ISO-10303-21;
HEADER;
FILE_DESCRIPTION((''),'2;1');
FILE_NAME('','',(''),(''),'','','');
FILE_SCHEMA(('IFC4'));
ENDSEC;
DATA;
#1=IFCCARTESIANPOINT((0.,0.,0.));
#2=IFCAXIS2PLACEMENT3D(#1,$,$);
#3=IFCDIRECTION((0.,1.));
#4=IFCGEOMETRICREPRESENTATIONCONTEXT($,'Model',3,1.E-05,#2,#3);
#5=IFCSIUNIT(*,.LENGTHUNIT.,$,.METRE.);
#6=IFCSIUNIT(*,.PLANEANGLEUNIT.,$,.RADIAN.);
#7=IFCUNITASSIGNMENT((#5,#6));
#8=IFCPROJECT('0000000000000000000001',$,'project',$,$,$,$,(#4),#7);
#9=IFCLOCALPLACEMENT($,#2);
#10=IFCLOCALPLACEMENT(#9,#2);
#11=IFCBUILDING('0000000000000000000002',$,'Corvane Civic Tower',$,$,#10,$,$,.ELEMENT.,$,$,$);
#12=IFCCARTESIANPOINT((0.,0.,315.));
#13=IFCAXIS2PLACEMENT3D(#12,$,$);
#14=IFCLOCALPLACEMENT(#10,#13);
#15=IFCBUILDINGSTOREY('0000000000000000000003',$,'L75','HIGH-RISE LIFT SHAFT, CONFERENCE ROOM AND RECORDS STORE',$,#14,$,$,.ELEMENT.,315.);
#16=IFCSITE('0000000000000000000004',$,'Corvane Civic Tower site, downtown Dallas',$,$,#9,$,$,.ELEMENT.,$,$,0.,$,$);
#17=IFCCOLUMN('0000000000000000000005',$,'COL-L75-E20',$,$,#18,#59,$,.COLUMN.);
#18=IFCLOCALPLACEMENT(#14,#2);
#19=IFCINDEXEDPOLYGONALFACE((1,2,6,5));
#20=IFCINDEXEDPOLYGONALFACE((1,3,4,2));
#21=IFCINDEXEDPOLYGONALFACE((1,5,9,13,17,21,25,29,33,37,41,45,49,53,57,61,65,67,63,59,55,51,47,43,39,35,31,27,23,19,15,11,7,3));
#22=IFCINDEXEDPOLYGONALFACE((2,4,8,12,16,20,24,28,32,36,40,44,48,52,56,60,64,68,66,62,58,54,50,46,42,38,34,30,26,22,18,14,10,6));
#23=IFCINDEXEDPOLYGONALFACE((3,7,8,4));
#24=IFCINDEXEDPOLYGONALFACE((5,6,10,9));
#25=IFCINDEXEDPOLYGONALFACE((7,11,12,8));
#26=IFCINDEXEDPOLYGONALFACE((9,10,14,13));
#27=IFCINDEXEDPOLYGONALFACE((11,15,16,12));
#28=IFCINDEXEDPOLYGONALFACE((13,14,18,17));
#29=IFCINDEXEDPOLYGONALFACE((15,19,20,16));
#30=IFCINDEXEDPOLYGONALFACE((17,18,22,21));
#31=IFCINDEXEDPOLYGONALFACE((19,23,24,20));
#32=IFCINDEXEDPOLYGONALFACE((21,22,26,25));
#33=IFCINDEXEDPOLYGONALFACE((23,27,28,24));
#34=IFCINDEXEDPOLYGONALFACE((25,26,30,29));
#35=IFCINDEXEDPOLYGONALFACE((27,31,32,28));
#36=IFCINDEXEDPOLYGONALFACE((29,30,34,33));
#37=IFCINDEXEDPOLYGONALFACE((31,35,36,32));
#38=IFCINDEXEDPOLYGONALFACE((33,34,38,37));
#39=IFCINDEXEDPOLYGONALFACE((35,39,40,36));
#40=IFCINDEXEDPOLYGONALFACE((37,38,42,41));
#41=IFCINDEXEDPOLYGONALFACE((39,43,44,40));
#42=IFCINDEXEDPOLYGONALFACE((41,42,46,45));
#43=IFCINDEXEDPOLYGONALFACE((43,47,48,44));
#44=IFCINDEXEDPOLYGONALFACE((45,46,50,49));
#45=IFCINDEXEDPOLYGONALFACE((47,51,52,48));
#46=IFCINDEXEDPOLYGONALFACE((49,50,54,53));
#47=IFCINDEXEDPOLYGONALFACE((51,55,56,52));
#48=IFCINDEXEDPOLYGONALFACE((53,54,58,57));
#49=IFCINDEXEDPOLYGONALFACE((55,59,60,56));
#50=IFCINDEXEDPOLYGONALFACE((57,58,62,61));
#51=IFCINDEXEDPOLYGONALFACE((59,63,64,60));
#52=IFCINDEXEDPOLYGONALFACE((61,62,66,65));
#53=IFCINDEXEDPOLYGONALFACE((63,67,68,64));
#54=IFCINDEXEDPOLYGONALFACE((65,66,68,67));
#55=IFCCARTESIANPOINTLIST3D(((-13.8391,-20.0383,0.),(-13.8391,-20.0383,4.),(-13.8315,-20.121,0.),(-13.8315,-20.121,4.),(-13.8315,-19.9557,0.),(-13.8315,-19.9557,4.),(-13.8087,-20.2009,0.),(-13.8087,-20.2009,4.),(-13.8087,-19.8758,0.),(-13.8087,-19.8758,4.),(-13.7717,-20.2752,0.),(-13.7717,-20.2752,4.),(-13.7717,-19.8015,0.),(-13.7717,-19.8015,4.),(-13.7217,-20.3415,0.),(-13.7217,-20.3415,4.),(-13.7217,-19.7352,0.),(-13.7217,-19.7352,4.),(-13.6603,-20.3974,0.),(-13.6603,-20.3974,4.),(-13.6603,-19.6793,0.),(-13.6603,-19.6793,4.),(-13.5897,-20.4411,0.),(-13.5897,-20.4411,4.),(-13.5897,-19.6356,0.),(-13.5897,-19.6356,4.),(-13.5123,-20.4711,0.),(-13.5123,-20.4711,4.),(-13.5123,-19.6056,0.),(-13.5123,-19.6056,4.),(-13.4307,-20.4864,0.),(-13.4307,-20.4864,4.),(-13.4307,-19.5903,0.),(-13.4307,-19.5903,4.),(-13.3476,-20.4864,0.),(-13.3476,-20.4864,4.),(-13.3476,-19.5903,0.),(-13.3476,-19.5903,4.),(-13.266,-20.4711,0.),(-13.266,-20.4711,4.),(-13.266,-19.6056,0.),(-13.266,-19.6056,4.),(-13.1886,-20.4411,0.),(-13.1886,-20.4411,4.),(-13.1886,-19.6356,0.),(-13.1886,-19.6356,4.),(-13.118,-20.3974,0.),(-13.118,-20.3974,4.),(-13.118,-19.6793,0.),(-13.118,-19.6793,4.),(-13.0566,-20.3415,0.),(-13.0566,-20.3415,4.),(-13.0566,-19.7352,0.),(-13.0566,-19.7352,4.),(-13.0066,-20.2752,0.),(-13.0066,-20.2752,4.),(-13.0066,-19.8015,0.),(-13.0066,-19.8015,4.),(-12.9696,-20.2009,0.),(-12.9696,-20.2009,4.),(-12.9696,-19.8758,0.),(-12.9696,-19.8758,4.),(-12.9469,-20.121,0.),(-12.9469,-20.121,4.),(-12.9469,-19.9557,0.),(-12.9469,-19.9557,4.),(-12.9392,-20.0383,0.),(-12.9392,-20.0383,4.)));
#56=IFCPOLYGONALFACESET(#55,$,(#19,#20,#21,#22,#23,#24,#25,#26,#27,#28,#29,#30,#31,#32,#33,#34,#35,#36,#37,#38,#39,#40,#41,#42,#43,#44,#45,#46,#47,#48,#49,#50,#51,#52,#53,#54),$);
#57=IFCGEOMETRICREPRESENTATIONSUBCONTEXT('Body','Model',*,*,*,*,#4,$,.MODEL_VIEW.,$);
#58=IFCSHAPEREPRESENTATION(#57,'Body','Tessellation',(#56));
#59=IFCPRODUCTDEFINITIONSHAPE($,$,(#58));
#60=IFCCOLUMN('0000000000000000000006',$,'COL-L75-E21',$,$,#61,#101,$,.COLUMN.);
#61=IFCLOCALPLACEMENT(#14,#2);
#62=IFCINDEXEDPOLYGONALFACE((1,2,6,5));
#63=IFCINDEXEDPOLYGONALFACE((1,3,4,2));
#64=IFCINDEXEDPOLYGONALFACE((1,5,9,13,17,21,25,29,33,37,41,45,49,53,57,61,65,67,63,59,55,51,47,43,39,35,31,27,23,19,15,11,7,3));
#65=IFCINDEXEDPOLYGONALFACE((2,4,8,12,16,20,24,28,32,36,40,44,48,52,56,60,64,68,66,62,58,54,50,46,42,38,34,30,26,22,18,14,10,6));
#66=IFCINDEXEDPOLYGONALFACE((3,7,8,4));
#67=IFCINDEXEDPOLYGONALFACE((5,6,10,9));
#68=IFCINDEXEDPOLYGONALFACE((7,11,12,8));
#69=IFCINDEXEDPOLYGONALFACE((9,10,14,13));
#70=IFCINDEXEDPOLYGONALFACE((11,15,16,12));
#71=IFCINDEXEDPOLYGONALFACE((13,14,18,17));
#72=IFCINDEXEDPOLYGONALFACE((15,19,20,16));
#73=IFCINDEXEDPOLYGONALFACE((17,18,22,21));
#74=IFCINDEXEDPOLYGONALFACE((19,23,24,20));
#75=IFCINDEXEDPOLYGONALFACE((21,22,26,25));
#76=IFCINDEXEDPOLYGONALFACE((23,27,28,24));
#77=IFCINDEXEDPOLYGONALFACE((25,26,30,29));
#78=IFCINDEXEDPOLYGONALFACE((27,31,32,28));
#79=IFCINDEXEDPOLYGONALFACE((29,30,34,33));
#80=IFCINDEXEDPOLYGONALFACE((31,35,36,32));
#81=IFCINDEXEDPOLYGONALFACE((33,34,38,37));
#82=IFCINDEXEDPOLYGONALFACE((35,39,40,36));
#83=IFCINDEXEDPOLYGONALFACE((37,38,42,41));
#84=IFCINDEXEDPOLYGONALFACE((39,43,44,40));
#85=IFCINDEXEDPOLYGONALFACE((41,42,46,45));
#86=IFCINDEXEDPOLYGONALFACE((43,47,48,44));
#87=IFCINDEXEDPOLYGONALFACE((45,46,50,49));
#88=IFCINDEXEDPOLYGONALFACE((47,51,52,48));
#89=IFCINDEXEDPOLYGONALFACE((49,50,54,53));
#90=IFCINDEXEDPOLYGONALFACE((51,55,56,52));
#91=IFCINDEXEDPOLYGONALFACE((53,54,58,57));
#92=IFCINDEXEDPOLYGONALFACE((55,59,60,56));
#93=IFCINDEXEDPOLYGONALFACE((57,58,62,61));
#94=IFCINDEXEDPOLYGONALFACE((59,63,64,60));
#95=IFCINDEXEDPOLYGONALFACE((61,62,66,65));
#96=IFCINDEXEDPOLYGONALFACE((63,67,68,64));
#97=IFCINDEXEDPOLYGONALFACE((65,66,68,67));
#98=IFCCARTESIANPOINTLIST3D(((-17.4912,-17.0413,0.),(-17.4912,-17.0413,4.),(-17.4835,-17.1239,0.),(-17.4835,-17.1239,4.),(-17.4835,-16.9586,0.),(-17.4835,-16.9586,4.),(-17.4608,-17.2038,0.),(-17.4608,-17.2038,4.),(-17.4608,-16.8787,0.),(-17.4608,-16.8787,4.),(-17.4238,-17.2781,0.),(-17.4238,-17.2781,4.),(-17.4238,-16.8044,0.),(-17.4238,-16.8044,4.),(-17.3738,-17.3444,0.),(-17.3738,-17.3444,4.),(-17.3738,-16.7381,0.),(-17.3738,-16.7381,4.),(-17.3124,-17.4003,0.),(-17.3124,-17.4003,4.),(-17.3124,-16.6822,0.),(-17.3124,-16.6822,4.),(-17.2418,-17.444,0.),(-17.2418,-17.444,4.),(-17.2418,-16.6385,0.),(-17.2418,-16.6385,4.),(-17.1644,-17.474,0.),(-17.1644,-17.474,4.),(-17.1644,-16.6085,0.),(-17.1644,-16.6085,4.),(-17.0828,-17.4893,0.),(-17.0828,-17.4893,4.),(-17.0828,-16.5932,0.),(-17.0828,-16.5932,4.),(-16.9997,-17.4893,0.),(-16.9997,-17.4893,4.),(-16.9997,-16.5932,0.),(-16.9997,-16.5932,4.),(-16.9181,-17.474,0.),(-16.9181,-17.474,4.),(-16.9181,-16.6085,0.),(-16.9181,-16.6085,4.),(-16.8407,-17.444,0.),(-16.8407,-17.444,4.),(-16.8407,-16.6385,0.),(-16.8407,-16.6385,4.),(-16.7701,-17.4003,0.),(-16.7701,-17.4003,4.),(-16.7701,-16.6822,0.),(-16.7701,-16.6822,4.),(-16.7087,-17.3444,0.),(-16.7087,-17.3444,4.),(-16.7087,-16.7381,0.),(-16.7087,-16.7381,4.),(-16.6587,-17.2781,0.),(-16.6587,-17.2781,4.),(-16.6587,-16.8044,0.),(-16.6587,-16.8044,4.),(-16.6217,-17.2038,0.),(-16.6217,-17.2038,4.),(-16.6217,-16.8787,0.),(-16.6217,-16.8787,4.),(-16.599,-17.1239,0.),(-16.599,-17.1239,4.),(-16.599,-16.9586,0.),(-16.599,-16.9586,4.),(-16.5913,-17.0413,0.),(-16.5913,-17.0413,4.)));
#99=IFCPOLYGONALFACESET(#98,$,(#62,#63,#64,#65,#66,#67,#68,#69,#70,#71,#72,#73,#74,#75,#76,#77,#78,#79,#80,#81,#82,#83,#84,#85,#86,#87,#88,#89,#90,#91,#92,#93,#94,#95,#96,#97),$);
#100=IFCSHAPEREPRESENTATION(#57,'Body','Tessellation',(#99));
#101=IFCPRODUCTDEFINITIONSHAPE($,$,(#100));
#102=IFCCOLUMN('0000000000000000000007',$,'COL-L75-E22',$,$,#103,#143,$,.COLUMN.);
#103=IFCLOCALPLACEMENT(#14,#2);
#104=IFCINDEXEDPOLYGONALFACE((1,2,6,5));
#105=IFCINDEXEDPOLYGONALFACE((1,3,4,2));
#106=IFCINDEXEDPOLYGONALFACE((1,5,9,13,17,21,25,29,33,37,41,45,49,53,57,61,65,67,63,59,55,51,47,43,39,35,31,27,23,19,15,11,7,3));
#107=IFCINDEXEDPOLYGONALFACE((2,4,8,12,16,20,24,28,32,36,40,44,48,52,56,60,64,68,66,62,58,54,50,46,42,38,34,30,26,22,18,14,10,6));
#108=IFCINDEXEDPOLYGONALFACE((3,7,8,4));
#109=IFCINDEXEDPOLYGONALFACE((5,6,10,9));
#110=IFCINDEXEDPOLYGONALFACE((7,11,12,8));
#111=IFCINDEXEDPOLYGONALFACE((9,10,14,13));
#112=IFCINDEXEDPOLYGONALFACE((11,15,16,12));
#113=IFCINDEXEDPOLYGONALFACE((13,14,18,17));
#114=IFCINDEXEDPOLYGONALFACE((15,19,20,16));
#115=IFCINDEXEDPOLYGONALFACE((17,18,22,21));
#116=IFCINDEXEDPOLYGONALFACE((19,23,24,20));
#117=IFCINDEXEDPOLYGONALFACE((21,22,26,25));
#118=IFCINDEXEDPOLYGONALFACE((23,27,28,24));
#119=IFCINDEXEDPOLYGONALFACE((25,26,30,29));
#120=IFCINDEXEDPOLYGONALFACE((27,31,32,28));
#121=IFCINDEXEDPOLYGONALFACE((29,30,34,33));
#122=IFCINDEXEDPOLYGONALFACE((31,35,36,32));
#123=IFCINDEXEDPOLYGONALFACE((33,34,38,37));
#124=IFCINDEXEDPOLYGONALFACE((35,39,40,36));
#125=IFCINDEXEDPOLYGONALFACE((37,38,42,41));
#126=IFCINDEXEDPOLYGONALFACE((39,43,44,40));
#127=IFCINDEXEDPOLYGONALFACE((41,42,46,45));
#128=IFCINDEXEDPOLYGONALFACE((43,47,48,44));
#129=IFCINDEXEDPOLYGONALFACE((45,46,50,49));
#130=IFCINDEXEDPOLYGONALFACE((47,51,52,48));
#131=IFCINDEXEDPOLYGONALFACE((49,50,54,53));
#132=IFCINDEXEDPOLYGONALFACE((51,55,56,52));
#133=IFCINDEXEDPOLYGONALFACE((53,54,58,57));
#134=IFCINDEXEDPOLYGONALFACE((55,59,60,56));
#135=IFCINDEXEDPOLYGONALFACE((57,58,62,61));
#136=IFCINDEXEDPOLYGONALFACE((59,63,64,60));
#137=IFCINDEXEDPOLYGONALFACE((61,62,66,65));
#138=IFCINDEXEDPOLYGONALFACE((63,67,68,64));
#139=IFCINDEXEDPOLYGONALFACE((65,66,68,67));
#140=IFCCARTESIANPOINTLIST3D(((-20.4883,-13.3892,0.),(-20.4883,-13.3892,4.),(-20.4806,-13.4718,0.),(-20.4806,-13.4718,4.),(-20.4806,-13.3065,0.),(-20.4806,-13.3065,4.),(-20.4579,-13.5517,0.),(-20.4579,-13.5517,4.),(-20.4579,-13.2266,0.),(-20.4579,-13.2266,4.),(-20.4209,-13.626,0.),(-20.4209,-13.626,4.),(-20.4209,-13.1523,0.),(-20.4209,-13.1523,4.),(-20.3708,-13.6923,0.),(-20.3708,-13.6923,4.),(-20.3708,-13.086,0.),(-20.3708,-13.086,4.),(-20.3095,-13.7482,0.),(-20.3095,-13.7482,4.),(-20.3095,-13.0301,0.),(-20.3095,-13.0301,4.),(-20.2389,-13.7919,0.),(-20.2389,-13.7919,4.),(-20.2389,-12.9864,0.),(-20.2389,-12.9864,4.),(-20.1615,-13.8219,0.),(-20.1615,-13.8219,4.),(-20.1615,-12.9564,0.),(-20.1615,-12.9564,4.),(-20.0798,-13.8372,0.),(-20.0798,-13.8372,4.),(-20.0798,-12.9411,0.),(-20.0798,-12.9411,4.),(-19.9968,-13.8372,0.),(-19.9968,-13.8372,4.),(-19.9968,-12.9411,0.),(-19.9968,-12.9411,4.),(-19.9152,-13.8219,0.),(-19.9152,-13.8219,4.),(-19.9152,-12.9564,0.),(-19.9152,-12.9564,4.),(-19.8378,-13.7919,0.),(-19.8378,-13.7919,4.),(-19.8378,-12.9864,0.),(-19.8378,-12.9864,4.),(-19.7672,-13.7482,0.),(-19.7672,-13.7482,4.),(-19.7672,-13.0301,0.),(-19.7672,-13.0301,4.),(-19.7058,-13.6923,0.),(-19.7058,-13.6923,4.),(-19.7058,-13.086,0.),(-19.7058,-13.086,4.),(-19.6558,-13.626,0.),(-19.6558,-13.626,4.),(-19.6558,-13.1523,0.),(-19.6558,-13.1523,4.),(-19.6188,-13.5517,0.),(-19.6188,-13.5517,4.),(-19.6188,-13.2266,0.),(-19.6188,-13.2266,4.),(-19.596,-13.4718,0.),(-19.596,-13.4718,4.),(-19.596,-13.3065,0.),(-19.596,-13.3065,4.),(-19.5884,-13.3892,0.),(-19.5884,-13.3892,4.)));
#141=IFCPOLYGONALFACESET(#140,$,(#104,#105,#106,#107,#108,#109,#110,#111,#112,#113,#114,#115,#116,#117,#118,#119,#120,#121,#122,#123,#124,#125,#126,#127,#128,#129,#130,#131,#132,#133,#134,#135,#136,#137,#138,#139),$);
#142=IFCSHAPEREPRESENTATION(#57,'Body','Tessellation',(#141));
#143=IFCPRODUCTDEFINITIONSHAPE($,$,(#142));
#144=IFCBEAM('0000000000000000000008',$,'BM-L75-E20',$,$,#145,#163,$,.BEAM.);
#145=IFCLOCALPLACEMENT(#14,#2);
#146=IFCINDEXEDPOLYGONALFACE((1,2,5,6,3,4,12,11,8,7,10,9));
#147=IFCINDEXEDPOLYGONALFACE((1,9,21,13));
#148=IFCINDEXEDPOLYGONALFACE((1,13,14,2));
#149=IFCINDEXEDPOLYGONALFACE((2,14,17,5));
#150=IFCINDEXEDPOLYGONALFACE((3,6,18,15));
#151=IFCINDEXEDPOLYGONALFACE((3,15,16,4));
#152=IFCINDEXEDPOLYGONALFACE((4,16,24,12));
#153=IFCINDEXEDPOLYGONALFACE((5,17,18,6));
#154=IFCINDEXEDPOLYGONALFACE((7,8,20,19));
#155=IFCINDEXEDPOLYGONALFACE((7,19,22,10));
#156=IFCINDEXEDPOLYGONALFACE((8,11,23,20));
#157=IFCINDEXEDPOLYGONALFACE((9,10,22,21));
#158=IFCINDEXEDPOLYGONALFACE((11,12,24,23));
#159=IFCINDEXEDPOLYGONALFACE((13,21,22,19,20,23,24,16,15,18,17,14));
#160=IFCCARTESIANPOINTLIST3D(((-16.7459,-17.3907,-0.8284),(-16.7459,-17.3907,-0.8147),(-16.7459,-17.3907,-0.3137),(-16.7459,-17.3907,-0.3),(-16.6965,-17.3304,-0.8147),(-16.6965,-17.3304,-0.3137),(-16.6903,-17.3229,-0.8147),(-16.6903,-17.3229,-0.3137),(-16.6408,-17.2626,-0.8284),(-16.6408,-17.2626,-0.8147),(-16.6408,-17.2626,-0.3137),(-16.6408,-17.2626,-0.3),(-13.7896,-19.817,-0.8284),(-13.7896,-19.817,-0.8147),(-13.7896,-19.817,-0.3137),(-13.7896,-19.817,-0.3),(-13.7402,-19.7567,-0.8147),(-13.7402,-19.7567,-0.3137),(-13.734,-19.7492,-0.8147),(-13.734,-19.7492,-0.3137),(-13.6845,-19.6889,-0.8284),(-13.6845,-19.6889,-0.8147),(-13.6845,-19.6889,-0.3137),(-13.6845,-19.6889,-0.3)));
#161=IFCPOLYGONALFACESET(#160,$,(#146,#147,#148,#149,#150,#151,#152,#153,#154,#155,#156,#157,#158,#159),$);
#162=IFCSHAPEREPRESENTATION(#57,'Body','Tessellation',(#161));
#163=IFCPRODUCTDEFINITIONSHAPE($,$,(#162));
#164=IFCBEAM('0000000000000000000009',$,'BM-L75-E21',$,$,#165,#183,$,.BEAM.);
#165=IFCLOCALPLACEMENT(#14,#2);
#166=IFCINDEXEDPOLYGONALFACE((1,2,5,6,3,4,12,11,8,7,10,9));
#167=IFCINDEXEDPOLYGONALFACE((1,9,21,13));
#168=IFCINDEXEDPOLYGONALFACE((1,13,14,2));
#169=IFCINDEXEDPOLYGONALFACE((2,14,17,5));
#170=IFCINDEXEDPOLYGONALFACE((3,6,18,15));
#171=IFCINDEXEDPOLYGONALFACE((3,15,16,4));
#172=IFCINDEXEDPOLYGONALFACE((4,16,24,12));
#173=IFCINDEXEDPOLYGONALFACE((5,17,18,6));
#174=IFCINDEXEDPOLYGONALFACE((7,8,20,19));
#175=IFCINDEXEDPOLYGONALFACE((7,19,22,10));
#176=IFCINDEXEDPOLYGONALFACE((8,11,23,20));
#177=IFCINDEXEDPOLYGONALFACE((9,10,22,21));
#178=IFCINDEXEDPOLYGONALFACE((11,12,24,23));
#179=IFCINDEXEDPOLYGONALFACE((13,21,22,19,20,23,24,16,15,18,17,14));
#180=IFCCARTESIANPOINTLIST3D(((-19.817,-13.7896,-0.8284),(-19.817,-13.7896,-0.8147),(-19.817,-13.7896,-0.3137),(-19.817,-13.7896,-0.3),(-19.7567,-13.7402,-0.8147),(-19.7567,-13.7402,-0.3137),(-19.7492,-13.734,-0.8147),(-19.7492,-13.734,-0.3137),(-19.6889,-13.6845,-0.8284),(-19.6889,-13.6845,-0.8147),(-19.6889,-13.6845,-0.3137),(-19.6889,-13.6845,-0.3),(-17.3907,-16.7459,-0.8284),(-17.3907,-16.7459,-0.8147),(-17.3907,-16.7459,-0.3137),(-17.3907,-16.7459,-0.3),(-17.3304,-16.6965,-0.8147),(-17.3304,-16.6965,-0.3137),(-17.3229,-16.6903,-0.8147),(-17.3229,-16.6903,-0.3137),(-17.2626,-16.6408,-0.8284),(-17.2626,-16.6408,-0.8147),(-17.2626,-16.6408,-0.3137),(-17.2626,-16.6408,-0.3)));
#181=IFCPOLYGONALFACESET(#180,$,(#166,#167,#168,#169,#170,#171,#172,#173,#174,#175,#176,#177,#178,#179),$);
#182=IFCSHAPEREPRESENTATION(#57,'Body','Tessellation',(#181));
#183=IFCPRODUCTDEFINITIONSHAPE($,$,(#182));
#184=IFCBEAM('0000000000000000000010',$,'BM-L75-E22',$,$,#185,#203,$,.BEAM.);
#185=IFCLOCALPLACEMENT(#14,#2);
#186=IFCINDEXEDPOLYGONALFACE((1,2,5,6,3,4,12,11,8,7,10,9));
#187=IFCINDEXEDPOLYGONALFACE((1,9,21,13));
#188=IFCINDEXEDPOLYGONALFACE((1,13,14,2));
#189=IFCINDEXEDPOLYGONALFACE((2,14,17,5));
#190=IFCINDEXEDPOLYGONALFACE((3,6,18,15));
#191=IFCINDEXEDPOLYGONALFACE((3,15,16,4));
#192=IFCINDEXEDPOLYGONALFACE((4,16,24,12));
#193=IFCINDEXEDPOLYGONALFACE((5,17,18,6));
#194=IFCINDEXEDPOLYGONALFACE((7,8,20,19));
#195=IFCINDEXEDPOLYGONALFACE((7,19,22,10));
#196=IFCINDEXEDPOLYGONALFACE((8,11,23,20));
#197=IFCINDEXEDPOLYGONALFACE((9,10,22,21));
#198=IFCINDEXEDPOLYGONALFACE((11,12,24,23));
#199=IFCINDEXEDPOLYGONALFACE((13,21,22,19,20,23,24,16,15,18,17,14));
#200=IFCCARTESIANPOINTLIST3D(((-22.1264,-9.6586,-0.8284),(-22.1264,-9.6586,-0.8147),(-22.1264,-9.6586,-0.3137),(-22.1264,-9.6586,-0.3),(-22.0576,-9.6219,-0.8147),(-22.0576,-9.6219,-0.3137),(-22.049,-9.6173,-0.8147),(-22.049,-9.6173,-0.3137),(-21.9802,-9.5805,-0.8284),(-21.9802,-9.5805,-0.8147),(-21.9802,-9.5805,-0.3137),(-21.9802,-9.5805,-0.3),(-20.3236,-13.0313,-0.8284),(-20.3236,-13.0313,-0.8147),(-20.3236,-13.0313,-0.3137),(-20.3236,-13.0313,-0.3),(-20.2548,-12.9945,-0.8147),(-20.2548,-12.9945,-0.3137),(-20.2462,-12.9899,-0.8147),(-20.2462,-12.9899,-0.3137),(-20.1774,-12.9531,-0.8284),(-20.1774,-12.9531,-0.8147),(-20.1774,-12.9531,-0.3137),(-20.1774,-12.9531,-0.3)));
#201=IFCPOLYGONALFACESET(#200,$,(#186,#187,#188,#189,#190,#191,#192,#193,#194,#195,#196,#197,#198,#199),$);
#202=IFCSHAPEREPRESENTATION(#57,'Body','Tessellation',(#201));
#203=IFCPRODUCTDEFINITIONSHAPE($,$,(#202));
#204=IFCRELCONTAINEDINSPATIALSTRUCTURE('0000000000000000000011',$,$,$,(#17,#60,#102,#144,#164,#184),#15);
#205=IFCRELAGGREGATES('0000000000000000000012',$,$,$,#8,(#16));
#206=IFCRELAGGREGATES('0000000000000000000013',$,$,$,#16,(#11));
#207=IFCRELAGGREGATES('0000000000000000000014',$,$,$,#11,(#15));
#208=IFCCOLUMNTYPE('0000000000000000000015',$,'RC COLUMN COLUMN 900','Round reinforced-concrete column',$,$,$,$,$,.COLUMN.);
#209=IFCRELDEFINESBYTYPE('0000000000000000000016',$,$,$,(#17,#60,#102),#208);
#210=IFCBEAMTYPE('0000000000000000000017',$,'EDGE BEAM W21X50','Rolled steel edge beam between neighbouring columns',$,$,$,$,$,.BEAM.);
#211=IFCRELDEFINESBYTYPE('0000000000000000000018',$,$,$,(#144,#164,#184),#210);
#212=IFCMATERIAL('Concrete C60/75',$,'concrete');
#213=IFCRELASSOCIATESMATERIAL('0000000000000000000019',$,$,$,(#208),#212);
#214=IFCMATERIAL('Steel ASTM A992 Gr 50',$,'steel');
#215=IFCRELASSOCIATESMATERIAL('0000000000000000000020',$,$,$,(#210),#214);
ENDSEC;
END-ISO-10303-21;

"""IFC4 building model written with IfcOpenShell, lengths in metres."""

from ifc_helpers import new_model, si_unit, direction, frame, origin, origin_2d, place, context, subcontext, project, spatial, circle, i_section, extrude, material, material_profile, profile_set, type_object, element, save


model = new_model("IFC4")

# Units and contexts
model_context = context("Model", 3, precision=1e-05, world=origin(), true_north=direction((0.0, 1.0)))
body_context = subcontext(model_context, "Body", "Model", "MODEL_VIEW")
ifc_project = project(units=[si_unit("LENGTHUNIT", "METRE"), si_unit("PLANEANGLEUNIT", "RADIAN")], contexts=[model_context])

# Site, building, storey
site_placement = place(None, origin())
site = spatial("IfcSite", under=ifc_project, at=site_placement, Name="Corvane Civic Tower site, downtown Dallas", CompositionType="ELEMENT", RefElevation=0.0)
building_placement = place(site_placement, origin())
building = spatial("IfcBuilding", under=site, at=building_placement, Name="Corvane Civic Tower", CompositionType="ELEMENT")
storey_placement = place(building_placement, frame((0.0, 0.0, 315.0)))
storey = spatial("IfcBuildingStorey", under=building, at=storey_placement, Name="L75", Description="HIGH-RISE LIFT SHAFT, CONFERENCE ROOM AND RECORDS STORE", CompositionType="ELEMENT", Elevation=315.0)

# Columns
ifc_material_1 = material(Name="Concrete C60/75", Category="concrete")
ifc_material_profile_1 = material_profile(ifc_material_1, circle(Radius=0.45, at=origin_2d()), Name="COLUMN 900")
ifc_profile_set_1 = profile_set([ifc_material_profile_1], Name="Concrete C60/75")
column_type = type_object("IfcColumnType", Name="RC COLUMN COLUMN 900", Description="Round reinforced-concrete column", PredefinedType="COLUMN", material=ifc_profile_set_1)
for number, where, z_axis, x_axis, name in (
    (1, (-13.3892, -20.0383, 0.0), (0.0, 0.0, 1.0), (1.0, 0.0, 0.0), "COL-L75-E20"),
    (2, (-17.0413, -17.0413, 0.0), (0.0, 0.0, 1.0), (1.0, 0.0, 0.0), "COL-L75-E21"),
    (3, (-20.0383, -13.3892, 0.0), (0.0, 0.0, 1.0), (1.0, 0.0, 0.0), "COL-L75-E22"),
):
    element("IfcColumn", number, at=place(storey_placement, frame(where, z_axis=z_axis, x_axis=x_axis)), inside=storey, type_object=column_type, Name=name, PredefinedType="COLUMN", context=body_context, shape_type="SweptSolid", body=[
        extrude(circle(Radius=0.45, at=origin_2d()), origin(), (0.0, 0.0, 1.0), 4.0),
    ])

# Beams
ifc_material_2 = material(Name="Steel ASTM A992 Gr 50", Category="steel")
ifc_material_profile_2 = material_profile(ifc_material_2, i_section(OverallWidth=0.1658, OverallDepth=0.5283, WebThickness=0.0098, FlangeThickness=0.0137, at=origin_2d()), Name="W21X50")
ifc_profile_set_2 = profile_set([ifc_material_profile_2], Name="Steel ASTM A992 Gr 50")
beam_type_1 = type_object("IfcBeamType", Name="EDGE BEAM W21X50", Description="Rolled steel edge beam between neighbouring columns", PredefinedType="BEAM", material=ifc_profile_set_2)
for number, where, z_axis, x_axis, name in (
    (4, (-13.7371, -19.7529, -0.5642), (-0.772998, 0.634409, 0.0), (-0.634409, -0.772998, 0.0), "BM-L75-E20"),
    (5, (-17.3267, -16.6934, -0.5642), (-0.634409, 0.772998, 0.0), (-0.772998, -0.634409, 0.0), "BM-L75-E21"),
):
    element("IfcBeam", number, at=place(storey_placement, frame(where, z_axis=z_axis, x_axis=x_axis)), inside=storey, type_object=beam_type_1, Name=name, PredefinedType="BEAM", context=body_context, shape_type="SweptSolid", body=[
        extrude(i_section(OverallWidth=0.1658, OverallDepth=0.5283, WebThickness=0.0098, FlangeThickness=0.0137, at=origin_2d()), origin(), (0.0, 0.0, 1.0), 3.8245),
    ])
beam_1_placement = place(storey_placement, frame((-20.2505, -12.9922, -0.5642), z_axis=(-0.47141, 0.881914, 0.0), x_axis=(-0.881914, -0.47141, 0.0)))
element("IfcBeam", 6, at=beam_1_placement, inside=storey, type_object=beam_type_1, Name="BM-L75-E22", PredefinedType="BEAM", context=body_context, shape_type="SweptSolid", body=[
    extrude(i_section(OverallWidth=0.1658, OverallDepth=0.5283, WebThickness=0.0098, FlangeThickness=0.0137, at=origin_2d()), origin(), (0.0, 0.0, 1.0), 3.8242),
])

save(model, "model.ifc")
